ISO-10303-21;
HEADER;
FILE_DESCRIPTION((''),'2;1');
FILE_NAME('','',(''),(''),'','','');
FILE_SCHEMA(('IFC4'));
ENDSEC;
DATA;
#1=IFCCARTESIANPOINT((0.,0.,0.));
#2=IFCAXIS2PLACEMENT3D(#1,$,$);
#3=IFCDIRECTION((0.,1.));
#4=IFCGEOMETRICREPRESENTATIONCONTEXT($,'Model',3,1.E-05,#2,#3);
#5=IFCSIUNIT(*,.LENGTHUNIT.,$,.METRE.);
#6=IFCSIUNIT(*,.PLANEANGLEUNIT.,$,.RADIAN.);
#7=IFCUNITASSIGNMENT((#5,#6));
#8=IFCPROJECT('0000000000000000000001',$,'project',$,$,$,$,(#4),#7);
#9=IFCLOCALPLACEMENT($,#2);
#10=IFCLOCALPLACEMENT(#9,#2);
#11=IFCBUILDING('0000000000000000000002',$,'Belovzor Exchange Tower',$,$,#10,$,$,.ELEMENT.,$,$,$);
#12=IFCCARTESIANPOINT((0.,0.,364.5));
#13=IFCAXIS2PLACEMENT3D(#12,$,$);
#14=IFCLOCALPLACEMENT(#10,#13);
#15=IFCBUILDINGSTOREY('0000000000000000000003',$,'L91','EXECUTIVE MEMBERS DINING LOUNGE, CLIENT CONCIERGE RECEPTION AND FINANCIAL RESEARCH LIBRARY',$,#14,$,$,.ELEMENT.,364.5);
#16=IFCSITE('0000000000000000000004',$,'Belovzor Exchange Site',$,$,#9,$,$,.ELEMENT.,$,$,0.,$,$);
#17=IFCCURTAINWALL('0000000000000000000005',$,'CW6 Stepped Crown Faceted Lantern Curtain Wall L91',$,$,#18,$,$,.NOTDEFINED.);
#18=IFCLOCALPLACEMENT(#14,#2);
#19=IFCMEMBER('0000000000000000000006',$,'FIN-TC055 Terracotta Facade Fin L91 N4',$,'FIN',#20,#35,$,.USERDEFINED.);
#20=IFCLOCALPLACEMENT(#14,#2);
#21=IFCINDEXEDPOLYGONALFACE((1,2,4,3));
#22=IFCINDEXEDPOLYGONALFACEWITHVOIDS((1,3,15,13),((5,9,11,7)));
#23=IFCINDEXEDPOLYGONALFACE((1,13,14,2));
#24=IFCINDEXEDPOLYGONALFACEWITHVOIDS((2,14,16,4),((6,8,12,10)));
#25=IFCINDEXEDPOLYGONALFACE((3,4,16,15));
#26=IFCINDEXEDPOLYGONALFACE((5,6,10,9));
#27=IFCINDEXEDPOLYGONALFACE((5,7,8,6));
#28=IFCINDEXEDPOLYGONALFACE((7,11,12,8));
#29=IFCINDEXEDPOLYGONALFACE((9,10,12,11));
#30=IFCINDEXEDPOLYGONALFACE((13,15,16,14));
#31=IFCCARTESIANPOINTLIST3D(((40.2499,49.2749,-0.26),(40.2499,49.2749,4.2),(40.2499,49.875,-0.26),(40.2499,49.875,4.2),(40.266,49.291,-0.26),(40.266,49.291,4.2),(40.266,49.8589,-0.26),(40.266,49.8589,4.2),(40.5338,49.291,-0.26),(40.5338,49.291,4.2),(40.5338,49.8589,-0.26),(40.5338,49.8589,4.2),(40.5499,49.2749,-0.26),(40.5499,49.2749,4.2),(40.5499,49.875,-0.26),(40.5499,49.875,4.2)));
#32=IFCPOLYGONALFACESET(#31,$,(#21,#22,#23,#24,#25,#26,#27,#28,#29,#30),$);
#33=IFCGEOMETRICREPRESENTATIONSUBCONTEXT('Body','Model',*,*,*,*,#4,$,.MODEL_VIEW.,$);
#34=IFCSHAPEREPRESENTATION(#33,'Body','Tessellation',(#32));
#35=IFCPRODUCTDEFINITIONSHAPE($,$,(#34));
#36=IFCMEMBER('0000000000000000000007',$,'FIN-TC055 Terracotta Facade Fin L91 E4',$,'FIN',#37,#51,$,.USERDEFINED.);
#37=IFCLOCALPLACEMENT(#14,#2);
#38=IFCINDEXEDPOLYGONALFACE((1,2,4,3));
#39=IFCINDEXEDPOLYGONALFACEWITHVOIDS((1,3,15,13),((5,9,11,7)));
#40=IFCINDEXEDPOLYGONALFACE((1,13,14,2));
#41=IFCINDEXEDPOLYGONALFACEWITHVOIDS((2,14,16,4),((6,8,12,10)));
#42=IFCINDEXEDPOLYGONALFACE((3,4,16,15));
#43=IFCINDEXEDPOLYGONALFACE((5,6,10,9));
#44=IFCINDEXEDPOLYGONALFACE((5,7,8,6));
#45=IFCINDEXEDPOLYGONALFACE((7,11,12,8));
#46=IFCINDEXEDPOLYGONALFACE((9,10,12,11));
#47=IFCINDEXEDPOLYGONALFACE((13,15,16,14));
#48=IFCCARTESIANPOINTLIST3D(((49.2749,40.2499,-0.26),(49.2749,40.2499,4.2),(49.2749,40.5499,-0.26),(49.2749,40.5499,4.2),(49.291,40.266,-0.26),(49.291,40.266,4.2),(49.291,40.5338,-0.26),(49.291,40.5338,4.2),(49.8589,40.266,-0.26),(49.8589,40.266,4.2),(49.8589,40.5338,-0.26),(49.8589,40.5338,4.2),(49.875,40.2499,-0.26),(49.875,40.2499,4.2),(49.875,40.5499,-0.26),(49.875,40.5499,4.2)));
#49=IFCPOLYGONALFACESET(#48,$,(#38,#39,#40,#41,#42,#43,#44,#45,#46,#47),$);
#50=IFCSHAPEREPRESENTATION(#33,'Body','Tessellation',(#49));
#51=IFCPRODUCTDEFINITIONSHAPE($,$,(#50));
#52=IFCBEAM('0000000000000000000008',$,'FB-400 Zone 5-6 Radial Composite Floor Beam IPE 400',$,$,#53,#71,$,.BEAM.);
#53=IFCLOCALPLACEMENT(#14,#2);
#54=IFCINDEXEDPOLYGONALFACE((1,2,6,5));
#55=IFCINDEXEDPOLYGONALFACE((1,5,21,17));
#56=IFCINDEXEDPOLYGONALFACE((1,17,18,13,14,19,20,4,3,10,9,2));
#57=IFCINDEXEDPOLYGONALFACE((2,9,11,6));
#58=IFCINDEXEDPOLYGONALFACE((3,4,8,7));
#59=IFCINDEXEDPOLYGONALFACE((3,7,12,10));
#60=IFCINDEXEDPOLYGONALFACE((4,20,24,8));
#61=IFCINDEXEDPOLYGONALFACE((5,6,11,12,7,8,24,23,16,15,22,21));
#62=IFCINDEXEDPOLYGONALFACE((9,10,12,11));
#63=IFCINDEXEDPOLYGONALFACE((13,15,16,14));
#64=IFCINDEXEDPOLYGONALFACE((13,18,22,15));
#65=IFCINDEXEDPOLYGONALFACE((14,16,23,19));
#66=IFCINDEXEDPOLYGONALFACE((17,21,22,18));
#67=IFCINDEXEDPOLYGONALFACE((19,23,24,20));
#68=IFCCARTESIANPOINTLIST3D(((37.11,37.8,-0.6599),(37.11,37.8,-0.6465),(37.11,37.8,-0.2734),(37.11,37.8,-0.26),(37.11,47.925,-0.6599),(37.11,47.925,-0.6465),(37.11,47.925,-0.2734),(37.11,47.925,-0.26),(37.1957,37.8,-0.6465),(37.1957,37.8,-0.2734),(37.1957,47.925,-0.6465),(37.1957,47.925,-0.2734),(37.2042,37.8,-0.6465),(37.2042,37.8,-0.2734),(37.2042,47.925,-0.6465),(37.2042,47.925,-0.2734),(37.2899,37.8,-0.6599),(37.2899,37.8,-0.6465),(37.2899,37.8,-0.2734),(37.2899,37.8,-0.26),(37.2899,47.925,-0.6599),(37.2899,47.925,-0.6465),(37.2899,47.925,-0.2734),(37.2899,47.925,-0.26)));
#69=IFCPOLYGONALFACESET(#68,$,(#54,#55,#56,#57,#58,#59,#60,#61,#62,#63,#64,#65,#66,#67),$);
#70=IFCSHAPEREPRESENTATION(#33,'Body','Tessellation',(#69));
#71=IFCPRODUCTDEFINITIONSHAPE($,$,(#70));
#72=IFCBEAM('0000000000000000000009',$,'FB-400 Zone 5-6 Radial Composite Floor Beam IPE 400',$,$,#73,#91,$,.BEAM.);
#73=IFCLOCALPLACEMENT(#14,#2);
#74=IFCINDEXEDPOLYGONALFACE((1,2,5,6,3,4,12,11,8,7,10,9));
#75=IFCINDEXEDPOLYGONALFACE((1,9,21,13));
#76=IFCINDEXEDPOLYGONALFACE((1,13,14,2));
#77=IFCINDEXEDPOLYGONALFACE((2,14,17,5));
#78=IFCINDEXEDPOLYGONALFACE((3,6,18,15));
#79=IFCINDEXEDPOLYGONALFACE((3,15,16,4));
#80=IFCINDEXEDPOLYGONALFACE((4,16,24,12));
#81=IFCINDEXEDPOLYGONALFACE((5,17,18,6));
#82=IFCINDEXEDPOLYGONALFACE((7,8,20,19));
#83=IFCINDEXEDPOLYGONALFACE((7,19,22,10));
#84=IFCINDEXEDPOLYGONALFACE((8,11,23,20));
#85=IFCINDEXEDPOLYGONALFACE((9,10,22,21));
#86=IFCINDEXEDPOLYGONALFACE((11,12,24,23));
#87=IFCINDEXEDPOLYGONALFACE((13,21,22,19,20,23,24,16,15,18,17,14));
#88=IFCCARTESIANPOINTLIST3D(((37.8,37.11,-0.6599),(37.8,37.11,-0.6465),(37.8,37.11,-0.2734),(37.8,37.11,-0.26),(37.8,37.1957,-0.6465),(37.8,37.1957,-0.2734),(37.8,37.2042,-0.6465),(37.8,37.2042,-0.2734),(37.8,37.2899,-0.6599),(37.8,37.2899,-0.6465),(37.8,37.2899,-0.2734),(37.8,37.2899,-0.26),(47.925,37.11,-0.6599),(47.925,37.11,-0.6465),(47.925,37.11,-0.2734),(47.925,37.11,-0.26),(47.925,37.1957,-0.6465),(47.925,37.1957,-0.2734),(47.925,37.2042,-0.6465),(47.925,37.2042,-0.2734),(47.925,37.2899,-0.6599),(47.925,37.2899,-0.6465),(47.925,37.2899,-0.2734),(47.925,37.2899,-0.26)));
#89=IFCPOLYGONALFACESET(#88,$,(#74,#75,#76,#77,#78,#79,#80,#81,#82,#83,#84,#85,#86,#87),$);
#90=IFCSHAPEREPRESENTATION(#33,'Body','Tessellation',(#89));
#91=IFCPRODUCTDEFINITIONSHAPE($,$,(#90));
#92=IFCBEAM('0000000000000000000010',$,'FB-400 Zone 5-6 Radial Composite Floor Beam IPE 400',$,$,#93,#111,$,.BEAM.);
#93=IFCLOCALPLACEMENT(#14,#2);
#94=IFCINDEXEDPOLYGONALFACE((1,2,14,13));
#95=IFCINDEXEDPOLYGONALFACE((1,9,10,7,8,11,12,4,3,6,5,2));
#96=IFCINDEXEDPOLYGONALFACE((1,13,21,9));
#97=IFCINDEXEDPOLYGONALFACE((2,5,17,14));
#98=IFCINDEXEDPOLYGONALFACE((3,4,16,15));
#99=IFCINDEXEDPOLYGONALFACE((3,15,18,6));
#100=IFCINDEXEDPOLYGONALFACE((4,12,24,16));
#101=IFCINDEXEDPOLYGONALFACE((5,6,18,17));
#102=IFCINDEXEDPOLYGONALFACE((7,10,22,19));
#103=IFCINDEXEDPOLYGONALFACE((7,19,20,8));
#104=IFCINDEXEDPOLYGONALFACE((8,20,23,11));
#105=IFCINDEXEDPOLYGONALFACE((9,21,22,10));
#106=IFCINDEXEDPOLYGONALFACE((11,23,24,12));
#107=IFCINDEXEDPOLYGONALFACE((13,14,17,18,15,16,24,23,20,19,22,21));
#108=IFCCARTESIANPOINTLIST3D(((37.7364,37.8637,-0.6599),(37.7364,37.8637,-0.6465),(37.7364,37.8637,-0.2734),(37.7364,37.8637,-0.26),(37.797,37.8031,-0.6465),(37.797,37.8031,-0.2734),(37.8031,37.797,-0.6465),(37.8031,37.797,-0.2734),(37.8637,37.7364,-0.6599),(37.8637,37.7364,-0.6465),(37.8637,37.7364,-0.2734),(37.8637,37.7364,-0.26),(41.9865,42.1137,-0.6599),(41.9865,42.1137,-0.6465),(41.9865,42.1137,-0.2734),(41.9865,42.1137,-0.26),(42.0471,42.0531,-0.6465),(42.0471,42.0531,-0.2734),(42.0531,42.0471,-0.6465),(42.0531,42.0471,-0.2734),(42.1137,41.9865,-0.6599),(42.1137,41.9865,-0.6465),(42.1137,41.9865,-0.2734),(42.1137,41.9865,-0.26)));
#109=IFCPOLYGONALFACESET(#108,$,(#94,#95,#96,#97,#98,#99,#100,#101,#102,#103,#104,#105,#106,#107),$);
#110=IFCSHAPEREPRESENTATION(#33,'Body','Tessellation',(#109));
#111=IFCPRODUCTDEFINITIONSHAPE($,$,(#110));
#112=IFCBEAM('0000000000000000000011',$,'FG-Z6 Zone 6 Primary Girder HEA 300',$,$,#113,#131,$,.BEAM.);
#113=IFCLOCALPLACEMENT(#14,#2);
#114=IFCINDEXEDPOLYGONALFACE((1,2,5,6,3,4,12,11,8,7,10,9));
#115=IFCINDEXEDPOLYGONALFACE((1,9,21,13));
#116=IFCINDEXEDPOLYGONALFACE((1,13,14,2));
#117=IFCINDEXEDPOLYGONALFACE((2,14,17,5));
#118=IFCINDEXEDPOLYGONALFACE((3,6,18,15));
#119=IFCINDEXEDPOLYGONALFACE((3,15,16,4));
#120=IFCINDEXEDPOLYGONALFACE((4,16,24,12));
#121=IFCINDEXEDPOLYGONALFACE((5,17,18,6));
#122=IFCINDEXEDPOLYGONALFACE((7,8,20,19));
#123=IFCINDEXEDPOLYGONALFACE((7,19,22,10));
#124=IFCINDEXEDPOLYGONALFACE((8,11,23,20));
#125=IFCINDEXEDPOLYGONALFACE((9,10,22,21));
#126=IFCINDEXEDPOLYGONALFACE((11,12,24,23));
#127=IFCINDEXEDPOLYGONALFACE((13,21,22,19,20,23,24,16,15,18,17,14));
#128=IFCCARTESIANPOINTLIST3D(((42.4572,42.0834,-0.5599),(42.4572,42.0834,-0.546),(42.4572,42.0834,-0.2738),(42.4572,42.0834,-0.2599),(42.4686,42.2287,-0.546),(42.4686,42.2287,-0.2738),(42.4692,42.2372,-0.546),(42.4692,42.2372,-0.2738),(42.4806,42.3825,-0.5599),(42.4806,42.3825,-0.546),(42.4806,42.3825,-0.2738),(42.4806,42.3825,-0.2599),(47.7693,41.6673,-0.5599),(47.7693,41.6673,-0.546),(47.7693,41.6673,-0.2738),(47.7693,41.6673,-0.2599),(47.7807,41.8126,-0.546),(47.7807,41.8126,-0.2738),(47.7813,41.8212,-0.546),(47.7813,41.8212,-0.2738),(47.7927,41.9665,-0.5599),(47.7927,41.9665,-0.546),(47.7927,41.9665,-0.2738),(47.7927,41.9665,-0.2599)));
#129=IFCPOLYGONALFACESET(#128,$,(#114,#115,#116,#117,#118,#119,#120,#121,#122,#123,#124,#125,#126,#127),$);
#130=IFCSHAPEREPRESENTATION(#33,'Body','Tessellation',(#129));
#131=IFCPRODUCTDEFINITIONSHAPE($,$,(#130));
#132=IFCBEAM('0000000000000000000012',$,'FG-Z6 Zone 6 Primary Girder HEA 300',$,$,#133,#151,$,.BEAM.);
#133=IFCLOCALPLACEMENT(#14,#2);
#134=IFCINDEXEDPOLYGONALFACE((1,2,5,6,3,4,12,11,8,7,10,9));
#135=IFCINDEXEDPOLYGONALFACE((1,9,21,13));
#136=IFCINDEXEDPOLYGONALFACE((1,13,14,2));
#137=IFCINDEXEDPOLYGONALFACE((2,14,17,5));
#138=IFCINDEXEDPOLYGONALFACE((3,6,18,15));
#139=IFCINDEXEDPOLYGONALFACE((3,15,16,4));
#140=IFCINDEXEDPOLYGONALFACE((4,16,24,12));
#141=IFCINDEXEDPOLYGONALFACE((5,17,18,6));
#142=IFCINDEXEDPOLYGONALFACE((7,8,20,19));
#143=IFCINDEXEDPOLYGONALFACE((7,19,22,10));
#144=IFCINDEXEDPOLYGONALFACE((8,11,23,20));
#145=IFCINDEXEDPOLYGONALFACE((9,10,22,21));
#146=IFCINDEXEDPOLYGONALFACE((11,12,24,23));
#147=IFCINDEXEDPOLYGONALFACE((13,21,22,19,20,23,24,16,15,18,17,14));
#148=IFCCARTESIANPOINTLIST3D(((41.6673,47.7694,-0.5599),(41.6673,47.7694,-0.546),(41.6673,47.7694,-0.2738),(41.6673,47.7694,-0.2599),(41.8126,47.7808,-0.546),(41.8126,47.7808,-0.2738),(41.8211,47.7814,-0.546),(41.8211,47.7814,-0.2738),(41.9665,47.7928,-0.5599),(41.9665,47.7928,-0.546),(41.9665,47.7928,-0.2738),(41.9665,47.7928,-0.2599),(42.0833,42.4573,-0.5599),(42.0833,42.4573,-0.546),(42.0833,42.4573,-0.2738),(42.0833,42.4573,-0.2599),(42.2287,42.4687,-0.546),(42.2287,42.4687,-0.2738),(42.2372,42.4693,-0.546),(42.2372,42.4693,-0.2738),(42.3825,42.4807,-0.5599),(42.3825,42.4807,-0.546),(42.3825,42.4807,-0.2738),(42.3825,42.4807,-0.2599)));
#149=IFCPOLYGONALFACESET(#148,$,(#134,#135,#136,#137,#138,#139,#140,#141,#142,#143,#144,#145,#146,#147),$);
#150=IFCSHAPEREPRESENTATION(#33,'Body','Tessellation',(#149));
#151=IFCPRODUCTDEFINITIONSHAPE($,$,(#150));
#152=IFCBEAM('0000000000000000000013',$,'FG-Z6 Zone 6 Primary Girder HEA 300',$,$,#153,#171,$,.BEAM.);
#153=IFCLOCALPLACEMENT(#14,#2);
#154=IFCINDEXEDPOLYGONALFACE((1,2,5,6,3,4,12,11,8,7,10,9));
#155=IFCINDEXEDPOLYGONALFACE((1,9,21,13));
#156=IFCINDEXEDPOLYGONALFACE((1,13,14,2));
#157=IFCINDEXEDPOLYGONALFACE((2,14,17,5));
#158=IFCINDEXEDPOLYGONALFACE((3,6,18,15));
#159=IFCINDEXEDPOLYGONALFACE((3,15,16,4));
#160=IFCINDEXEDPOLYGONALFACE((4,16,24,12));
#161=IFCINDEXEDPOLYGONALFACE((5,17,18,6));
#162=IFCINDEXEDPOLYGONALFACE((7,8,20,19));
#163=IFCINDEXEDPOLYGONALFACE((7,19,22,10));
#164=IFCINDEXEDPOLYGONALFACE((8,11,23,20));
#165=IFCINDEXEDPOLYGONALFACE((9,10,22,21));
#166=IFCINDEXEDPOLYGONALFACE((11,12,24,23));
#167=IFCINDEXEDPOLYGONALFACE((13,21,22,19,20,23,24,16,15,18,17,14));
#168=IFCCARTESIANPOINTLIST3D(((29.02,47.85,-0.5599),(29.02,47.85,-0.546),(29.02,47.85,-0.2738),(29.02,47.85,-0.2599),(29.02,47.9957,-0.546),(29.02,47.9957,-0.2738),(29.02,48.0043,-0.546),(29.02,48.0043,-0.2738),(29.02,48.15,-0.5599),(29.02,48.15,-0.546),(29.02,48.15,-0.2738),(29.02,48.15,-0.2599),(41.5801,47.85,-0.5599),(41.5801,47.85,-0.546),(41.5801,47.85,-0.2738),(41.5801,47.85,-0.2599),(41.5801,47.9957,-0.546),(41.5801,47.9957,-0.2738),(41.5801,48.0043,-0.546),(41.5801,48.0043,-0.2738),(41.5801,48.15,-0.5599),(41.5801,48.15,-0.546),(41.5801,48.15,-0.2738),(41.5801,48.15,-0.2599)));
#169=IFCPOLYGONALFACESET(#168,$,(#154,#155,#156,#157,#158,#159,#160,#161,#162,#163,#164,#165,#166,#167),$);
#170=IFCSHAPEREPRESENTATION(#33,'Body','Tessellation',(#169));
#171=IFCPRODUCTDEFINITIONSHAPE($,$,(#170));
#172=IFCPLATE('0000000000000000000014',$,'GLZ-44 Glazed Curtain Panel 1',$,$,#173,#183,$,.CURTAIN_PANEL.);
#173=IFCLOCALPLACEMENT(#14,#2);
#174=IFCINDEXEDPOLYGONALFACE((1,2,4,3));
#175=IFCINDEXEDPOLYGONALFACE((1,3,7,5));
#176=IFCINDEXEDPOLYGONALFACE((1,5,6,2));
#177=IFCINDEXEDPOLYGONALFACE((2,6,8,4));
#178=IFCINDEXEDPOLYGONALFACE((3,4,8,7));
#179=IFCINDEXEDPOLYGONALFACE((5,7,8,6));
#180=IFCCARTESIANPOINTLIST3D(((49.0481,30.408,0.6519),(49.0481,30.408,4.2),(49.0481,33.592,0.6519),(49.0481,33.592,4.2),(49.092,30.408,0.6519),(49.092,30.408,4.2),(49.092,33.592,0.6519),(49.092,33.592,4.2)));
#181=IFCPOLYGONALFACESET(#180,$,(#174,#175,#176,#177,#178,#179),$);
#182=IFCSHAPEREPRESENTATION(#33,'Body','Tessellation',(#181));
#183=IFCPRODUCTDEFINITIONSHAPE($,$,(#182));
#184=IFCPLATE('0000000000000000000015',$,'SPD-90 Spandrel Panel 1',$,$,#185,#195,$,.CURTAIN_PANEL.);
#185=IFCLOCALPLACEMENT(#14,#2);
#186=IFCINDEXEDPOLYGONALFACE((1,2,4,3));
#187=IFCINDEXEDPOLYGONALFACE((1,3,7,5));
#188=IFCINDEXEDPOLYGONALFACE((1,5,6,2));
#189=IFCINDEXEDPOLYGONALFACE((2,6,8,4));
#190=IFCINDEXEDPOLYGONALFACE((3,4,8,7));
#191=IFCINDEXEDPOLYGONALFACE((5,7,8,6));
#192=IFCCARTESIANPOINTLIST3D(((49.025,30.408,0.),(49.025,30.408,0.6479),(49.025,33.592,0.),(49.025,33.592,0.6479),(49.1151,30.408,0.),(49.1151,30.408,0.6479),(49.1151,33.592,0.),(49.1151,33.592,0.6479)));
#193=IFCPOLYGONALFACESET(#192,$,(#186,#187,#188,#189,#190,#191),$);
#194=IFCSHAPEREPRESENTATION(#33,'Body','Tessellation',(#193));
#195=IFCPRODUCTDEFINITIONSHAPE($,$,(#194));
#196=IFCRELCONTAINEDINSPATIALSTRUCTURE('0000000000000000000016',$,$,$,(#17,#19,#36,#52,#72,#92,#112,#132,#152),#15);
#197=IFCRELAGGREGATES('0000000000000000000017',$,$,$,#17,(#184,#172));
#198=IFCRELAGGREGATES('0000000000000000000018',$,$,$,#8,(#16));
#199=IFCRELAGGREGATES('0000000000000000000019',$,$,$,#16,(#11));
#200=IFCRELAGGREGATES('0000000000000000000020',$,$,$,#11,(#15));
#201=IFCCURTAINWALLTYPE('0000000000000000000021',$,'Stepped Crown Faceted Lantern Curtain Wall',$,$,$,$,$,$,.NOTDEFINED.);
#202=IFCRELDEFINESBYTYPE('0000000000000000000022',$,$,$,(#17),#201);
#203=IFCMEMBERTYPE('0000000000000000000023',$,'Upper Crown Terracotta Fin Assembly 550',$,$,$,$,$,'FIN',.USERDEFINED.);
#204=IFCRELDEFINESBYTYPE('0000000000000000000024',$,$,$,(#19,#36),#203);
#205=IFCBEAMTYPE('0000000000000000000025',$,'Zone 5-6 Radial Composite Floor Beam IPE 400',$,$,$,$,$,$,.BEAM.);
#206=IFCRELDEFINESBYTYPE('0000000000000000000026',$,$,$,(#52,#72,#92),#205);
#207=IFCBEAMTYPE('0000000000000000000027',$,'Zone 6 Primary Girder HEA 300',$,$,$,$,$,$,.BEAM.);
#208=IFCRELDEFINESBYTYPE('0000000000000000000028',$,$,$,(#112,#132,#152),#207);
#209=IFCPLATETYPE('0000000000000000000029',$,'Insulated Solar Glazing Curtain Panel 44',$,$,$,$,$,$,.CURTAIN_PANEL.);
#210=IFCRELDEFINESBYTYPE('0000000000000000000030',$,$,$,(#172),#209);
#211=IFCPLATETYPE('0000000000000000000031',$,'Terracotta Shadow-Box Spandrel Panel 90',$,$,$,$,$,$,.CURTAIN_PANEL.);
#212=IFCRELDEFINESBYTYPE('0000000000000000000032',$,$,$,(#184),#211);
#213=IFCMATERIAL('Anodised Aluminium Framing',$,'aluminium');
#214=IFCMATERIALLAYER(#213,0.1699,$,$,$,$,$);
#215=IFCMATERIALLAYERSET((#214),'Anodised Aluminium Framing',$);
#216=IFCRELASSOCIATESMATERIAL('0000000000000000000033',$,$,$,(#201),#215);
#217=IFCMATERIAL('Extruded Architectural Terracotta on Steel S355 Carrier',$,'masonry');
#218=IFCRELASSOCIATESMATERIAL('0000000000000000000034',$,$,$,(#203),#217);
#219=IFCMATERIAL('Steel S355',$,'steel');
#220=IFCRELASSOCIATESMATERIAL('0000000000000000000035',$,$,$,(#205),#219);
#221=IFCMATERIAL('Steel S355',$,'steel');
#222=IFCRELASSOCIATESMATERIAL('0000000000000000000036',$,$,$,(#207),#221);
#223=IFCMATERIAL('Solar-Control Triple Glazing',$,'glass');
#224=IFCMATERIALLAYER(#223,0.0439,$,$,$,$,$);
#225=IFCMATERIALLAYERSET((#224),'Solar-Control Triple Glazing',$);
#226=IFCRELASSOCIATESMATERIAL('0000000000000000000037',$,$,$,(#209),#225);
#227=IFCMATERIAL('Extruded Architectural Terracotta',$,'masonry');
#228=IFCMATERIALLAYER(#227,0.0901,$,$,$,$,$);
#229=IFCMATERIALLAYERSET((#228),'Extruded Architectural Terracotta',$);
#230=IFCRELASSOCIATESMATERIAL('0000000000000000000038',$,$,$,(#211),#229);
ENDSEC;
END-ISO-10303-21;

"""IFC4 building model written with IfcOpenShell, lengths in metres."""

from ifc_helpers import new_model, si_unit, direction, frame, origin, origin_2d, place, context, subcontext, project, spatial, rectangle, hollow_rectangle, i_section, extrude, material, layer, layer_set, material_profile, profile_set, type_object, element, aggregate, save


model = new_model("IFC4")

# Units and contexts
model_context = context("Model", 3, precision=1e-05, world=origin(), true_north=direction((0.0, 1.0)))
body_context = subcontext(model_context, "Body", "Model", "MODEL_VIEW")
ifc_project = project(units=[si_unit("LENGTHUNIT", "METRE"), si_unit("PLANEANGLEUNIT", "RADIAN")], contexts=[model_context])

# Site, building, storey
site_placement = place(None, origin())
site = spatial("IfcSite", under=ifc_project, at=site_placement, Name="Belovzor Exchange Site", CompositionType="ELEMENT", RefElevation=0.0)
building_placement = place(site_placement, origin())
building = spatial("IfcBuilding", under=site, at=building_placement, Name="Belovzor Exchange Tower", CompositionType="ELEMENT")
storey_placement = place(building_placement, frame((0.0, 0.0, 364.5)))
storey = spatial("IfcBuildingStorey", under=building, at=storey_placement, Name="L91", Description="EXECUTIVE MEMBERS DINING LOUNGE, CLIENT CONCIERGE RECEPTION AND FINANCIAL RESEARCH LIBRARY", CompositionType="ELEMENT", Elevation=364.5)

# Curtain wall
ifc_material_1 = material(Name="Anodised Aluminium Framing", Category="aluminium")
ifc_layer_1 = layer(ifc_material_1, 0.1699)
ifc_layer_set_1 = layer_set([ifc_layer_1], Name="Anodised Aluminium Framing")
curtain_wall_type = type_object("IfcCurtainWallType", Name="Stepped Crown Faceted Lantern Curtain Wall", PredefinedType="NOTDEFINED", material=ifc_layer_set_1)
curtain_wall_placement = place(storey_placement, origin())
curtain_wall = element("IfcCurtainWall", 1, at=curtain_wall_placement, inside=storey, type_object=curtain_wall_type, Name="CW6 Stepped Crown Faceted Lantern Curtain Wall L91", PredefinedType="NOTDEFINED")

# Members
ifc_material_2 = material(Name="Extruded Architectural Terracotta on Steel S355 Carrier", Category="masonry")
ifc_material_profile_1 = material_profile(ifc_material_2, hollow_rectangle(XDim=0.3, YDim=0.6001, WallThickness=0.0161, at=origin_2d()))
ifc_profile_set_1 = profile_set([ifc_material_profile_1], Name="Extruded Architectural Terracotta on Steel S355 Carrier")
member_type_1 = type_object("IfcMemberType", Name="Upper Crown Terracotta Fin Assembly 550", ElementType="FIN", PredefinedType="USERDEFINED", material=ifc_profile_set_1)
for number, where, z_axis, x_axis, name in (
    (2, (40.3999, 49.575, -0.26), (0.0, 0.0, 1.0), (1.0, 0.0, 0.0), "FIN-TC055 Terracotta Facade Fin L91 N4"),
    (3, (49.575, 40.3999, -0.26), (0.0, 0.0, 1.0), (0.0, 1.0, 0.0), "FIN-TC055 Terracotta Facade Fin L91 E4"),
):
    element("IfcMember", number, at=place(storey_placement, frame(where, z_axis=z_axis, x_axis=x_axis)), inside=storey, type_object=member_type_1, Name=name, ObjectType="FIN", PredefinedType="USERDEFINED", context=body_context, shape_type="SweptSolid", body=[
        extrude(hollow_rectangle(XDim=0.3, YDim=0.6001, WallThickness=0.0161, at=origin_2d()), origin(), (0.0, 0.0, 1.0), 4.46),
    ])

# Beams
ifc_material_3 = material(Name="Steel S355", Category="steel")
ifc_material_profile_2 = material_profile(ifc_material_3, i_section(OverallWidth=0.1799, OverallDepth=0.3999, WebThickness=0.0085, FlangeThickness=0.0134, at=origin_2d()))
ifc_profile_set_2 = profile_set([ifc_material_profile_2], Name="Steel S355")
beam_type_1 = type_object("IfcBeamType", Name="Zone 5-6 Radial Composite Floor Beam IPE 400", PredefinedType="BEAM", material=ifc_profile_set_2)
for number, where, z_axis, x_axis, name in (
    (4, (37.2, 37.8, -0.46), (0.0, 1.0, 0.0), (-1.0, 0.0, 0.0), "FB-400 Zone 5-6 Radial Composite Floor Beam IPE 400"),
    (5, (37.8, 37.2, -0.46), (1.0, 0.0, 0.0), (0.0, 1.0, 0.0), "FB-400 Zone 5-6 Radial Composite Floor Beam IPE 400"),
):
    element("IfcBeam", number, at=place(storey_placement, frame(where, z_axis=z_axis, x_axis=x_axis)), inside=storey, type_object=beam_type_1, Name=name, PredefinedType="BEAM", context=body_context, shape_type="SweptSolid", body=[
        extrude(i_section(OverallWidth=0.1799, OverallDepth=0.3999, WebThickness=0.0085, FlangeThickness=0.0134, at=origin_2d()), origin(), (0.0, 0.0, 1.0), 10.125),
    ])
beam_1_placement = place(storey_placement, frame((37.8, 37.8, -0.46), z_axis=(0.707107, 0.707107, 0.0), x_axis=(-0.707107, 0.707107, 0.0)))
element("IfcBeam", 6, at=beam_1_placement, inside=storey, type_object=beam_type_1, Name="FB-400 Zone 5-6 Radial Composite Floor Beam IPE 400", PredefinedType="BEAM", context=body_context, shape_type="SweptSolid", body=[
    extrude(i_section(OverallWidth=0.1799, OverallDepth=0.3999, WebThickness=0.0085, FlangeThickness=0.0134, at=origin_2d()), origin(), (0.0, 0.0, 1.0), 6.0105),
])
ifc_material_4 = material(Name="Steel S355", Category="steel")
ifc_material_profile_3 = material_profile(ifc_material_4, i_section(OverallWidth=0.3, OverallDepth=0.3, WebThickness=0.0085, FlangeThickness=0.0139, at=origin_2d()))
ifc_profile_set_3 = profile_set([ifc_material_profile_3], Name="Steel S355")
beam_type_2 = type_object("IfcBeamType", Name="Zone 6 Primary Girder HEA 300", PredefinedType="BEAM", material=ifc_profile_set_3)
for number, where, z_axis, x_axis, name in (
    (7, (47.781, 41.8169, -0.4099), (-0.996947, 0.078077, 0.0), (-0.078077, -0.996947, 0.0), "FG-Z6 Zone 6 Primary Girder HEA 300"),
    (8, (42.2329, 42.469, -0.4099), (-0.078077, 0.996947, 0.0), (-0.996947, -0.078077, 0.0), "FG-Z6 Zone 6 Primary Girder HEA 300"),
):
    element("IfcBeam", number, at=place(storey_placement, frame(where, z_axis=z_axis, x_axis=x_axis)), inside=storey, type_object=beam_type_2, Name=name, PredefinedType="BEAM", context=body_context, shape_type="SweptSolid", body=[
        extrude(i_section(OverallWidth=0.3, OverallDepth=0.3, WebThickness=0.0085, FlangeThickness=0.0139, at=origin_2d()), origin(), (0.0, 0.0, 1.0), 5.3284),
    ])
beam_2_placement = place(storey_placement, frame((41.5801, 48.0, -0.4099), z_axis=(-1.0, 0.0, 0.0), x_axis=(0.0, -1.0, 0.0)))
element("IfcBeam", 9, at=beam_2_placement, inside=storey, type_object=beam_type_2, Name="FG-Z6 Zone 6 Primary Girder HEA 300", PredefinedType="BEAM", context=body_context, shape_type="SweptSolid", body=[
    extrude(i_section(OverallWidth=0.3, OverallDepth=0.3, WebThickness=0.0085, FlangeThickness=0.0139, at=origin_2d()), origin(), (0.0, 0.0, 1.0), 12.5601),
])

# Plates
ifc_material_5 = material(Name="Solar-Control Triple Glazing", Category="glass")
ifc_layer_2 = layer(ifc_material_5, 0.0439)
ifc_layer_set_2 = layer_set([ifc_layer_2], Name="Solar-Control Triple Glazing")
plate_type_1 = type_object("IfcPlateType", Name="Insulated Solar Glazing Curtain Panel 44", PredefinedType="CURTAIN_PANEL", material=ifc_layer_set_2)
plate_1_placement = place(storey_placement, frame((49.0701, 32.0, 0.6519), z_axis=(0.0, 0.0, 1.0), x_axis=(0.0, -1.0, 0.0)))
plate_1 = element("IfcPlate", 10, at=plate_1_placement, type_object=plate_type_1, Name="GLZ-44 Glazed Curtain Panel 1", PredefinedType="CURTAIN_PANEL", context=body_context, shape_type="SweptSolid", body=[
    extrude(rectangle(XDim=3.1841, YDim=0.0439, at=origin_2d()), origin(), (0.0, 0.0, 1.0), 3.5481),
])
ifc_material_6 = material(Name="Extruded Architectural Terracotta", Category="masonry")
ifc_layer_3 = layer(ifc_material_6, 0.0901)
ifc_layer_set_3 = layer_set([ifc_layer_3], Name="Extruded Architectural Terracotta")
plate_type_2 = type_object("IfcPlateType", Name="Terracotta Shadow-Box Spandrel Panel 90", PredefinedType="CURTAIN_PANEL", material=ifc_layer_set_3)
plate_2_placement = place(storey_placement, frame((49.0701, 32.0, 0.0), z_axis=(0.0, 0.0, 1.0), x_axis=(0.0, -1.0, 0.0)))
plate_2 = element("IfcPlate", 11, at=plate_2_placement, type_object=plate_type_2, Name="SPD-90 Spandrel Panel 1", PredefinedType="CURTAIN_PANEL", context=body_context, shape_type="SweptSolid", body=[
    extrude(rectangle(XDim=3.1841, YDim=0.0901, at=origin_2d()), origin(), (0.0, 0.0, 1.0), 0.6479),
])
aggregate(curtain_wall, [plate_2, plate_1])

save(model, "model.ifc")
